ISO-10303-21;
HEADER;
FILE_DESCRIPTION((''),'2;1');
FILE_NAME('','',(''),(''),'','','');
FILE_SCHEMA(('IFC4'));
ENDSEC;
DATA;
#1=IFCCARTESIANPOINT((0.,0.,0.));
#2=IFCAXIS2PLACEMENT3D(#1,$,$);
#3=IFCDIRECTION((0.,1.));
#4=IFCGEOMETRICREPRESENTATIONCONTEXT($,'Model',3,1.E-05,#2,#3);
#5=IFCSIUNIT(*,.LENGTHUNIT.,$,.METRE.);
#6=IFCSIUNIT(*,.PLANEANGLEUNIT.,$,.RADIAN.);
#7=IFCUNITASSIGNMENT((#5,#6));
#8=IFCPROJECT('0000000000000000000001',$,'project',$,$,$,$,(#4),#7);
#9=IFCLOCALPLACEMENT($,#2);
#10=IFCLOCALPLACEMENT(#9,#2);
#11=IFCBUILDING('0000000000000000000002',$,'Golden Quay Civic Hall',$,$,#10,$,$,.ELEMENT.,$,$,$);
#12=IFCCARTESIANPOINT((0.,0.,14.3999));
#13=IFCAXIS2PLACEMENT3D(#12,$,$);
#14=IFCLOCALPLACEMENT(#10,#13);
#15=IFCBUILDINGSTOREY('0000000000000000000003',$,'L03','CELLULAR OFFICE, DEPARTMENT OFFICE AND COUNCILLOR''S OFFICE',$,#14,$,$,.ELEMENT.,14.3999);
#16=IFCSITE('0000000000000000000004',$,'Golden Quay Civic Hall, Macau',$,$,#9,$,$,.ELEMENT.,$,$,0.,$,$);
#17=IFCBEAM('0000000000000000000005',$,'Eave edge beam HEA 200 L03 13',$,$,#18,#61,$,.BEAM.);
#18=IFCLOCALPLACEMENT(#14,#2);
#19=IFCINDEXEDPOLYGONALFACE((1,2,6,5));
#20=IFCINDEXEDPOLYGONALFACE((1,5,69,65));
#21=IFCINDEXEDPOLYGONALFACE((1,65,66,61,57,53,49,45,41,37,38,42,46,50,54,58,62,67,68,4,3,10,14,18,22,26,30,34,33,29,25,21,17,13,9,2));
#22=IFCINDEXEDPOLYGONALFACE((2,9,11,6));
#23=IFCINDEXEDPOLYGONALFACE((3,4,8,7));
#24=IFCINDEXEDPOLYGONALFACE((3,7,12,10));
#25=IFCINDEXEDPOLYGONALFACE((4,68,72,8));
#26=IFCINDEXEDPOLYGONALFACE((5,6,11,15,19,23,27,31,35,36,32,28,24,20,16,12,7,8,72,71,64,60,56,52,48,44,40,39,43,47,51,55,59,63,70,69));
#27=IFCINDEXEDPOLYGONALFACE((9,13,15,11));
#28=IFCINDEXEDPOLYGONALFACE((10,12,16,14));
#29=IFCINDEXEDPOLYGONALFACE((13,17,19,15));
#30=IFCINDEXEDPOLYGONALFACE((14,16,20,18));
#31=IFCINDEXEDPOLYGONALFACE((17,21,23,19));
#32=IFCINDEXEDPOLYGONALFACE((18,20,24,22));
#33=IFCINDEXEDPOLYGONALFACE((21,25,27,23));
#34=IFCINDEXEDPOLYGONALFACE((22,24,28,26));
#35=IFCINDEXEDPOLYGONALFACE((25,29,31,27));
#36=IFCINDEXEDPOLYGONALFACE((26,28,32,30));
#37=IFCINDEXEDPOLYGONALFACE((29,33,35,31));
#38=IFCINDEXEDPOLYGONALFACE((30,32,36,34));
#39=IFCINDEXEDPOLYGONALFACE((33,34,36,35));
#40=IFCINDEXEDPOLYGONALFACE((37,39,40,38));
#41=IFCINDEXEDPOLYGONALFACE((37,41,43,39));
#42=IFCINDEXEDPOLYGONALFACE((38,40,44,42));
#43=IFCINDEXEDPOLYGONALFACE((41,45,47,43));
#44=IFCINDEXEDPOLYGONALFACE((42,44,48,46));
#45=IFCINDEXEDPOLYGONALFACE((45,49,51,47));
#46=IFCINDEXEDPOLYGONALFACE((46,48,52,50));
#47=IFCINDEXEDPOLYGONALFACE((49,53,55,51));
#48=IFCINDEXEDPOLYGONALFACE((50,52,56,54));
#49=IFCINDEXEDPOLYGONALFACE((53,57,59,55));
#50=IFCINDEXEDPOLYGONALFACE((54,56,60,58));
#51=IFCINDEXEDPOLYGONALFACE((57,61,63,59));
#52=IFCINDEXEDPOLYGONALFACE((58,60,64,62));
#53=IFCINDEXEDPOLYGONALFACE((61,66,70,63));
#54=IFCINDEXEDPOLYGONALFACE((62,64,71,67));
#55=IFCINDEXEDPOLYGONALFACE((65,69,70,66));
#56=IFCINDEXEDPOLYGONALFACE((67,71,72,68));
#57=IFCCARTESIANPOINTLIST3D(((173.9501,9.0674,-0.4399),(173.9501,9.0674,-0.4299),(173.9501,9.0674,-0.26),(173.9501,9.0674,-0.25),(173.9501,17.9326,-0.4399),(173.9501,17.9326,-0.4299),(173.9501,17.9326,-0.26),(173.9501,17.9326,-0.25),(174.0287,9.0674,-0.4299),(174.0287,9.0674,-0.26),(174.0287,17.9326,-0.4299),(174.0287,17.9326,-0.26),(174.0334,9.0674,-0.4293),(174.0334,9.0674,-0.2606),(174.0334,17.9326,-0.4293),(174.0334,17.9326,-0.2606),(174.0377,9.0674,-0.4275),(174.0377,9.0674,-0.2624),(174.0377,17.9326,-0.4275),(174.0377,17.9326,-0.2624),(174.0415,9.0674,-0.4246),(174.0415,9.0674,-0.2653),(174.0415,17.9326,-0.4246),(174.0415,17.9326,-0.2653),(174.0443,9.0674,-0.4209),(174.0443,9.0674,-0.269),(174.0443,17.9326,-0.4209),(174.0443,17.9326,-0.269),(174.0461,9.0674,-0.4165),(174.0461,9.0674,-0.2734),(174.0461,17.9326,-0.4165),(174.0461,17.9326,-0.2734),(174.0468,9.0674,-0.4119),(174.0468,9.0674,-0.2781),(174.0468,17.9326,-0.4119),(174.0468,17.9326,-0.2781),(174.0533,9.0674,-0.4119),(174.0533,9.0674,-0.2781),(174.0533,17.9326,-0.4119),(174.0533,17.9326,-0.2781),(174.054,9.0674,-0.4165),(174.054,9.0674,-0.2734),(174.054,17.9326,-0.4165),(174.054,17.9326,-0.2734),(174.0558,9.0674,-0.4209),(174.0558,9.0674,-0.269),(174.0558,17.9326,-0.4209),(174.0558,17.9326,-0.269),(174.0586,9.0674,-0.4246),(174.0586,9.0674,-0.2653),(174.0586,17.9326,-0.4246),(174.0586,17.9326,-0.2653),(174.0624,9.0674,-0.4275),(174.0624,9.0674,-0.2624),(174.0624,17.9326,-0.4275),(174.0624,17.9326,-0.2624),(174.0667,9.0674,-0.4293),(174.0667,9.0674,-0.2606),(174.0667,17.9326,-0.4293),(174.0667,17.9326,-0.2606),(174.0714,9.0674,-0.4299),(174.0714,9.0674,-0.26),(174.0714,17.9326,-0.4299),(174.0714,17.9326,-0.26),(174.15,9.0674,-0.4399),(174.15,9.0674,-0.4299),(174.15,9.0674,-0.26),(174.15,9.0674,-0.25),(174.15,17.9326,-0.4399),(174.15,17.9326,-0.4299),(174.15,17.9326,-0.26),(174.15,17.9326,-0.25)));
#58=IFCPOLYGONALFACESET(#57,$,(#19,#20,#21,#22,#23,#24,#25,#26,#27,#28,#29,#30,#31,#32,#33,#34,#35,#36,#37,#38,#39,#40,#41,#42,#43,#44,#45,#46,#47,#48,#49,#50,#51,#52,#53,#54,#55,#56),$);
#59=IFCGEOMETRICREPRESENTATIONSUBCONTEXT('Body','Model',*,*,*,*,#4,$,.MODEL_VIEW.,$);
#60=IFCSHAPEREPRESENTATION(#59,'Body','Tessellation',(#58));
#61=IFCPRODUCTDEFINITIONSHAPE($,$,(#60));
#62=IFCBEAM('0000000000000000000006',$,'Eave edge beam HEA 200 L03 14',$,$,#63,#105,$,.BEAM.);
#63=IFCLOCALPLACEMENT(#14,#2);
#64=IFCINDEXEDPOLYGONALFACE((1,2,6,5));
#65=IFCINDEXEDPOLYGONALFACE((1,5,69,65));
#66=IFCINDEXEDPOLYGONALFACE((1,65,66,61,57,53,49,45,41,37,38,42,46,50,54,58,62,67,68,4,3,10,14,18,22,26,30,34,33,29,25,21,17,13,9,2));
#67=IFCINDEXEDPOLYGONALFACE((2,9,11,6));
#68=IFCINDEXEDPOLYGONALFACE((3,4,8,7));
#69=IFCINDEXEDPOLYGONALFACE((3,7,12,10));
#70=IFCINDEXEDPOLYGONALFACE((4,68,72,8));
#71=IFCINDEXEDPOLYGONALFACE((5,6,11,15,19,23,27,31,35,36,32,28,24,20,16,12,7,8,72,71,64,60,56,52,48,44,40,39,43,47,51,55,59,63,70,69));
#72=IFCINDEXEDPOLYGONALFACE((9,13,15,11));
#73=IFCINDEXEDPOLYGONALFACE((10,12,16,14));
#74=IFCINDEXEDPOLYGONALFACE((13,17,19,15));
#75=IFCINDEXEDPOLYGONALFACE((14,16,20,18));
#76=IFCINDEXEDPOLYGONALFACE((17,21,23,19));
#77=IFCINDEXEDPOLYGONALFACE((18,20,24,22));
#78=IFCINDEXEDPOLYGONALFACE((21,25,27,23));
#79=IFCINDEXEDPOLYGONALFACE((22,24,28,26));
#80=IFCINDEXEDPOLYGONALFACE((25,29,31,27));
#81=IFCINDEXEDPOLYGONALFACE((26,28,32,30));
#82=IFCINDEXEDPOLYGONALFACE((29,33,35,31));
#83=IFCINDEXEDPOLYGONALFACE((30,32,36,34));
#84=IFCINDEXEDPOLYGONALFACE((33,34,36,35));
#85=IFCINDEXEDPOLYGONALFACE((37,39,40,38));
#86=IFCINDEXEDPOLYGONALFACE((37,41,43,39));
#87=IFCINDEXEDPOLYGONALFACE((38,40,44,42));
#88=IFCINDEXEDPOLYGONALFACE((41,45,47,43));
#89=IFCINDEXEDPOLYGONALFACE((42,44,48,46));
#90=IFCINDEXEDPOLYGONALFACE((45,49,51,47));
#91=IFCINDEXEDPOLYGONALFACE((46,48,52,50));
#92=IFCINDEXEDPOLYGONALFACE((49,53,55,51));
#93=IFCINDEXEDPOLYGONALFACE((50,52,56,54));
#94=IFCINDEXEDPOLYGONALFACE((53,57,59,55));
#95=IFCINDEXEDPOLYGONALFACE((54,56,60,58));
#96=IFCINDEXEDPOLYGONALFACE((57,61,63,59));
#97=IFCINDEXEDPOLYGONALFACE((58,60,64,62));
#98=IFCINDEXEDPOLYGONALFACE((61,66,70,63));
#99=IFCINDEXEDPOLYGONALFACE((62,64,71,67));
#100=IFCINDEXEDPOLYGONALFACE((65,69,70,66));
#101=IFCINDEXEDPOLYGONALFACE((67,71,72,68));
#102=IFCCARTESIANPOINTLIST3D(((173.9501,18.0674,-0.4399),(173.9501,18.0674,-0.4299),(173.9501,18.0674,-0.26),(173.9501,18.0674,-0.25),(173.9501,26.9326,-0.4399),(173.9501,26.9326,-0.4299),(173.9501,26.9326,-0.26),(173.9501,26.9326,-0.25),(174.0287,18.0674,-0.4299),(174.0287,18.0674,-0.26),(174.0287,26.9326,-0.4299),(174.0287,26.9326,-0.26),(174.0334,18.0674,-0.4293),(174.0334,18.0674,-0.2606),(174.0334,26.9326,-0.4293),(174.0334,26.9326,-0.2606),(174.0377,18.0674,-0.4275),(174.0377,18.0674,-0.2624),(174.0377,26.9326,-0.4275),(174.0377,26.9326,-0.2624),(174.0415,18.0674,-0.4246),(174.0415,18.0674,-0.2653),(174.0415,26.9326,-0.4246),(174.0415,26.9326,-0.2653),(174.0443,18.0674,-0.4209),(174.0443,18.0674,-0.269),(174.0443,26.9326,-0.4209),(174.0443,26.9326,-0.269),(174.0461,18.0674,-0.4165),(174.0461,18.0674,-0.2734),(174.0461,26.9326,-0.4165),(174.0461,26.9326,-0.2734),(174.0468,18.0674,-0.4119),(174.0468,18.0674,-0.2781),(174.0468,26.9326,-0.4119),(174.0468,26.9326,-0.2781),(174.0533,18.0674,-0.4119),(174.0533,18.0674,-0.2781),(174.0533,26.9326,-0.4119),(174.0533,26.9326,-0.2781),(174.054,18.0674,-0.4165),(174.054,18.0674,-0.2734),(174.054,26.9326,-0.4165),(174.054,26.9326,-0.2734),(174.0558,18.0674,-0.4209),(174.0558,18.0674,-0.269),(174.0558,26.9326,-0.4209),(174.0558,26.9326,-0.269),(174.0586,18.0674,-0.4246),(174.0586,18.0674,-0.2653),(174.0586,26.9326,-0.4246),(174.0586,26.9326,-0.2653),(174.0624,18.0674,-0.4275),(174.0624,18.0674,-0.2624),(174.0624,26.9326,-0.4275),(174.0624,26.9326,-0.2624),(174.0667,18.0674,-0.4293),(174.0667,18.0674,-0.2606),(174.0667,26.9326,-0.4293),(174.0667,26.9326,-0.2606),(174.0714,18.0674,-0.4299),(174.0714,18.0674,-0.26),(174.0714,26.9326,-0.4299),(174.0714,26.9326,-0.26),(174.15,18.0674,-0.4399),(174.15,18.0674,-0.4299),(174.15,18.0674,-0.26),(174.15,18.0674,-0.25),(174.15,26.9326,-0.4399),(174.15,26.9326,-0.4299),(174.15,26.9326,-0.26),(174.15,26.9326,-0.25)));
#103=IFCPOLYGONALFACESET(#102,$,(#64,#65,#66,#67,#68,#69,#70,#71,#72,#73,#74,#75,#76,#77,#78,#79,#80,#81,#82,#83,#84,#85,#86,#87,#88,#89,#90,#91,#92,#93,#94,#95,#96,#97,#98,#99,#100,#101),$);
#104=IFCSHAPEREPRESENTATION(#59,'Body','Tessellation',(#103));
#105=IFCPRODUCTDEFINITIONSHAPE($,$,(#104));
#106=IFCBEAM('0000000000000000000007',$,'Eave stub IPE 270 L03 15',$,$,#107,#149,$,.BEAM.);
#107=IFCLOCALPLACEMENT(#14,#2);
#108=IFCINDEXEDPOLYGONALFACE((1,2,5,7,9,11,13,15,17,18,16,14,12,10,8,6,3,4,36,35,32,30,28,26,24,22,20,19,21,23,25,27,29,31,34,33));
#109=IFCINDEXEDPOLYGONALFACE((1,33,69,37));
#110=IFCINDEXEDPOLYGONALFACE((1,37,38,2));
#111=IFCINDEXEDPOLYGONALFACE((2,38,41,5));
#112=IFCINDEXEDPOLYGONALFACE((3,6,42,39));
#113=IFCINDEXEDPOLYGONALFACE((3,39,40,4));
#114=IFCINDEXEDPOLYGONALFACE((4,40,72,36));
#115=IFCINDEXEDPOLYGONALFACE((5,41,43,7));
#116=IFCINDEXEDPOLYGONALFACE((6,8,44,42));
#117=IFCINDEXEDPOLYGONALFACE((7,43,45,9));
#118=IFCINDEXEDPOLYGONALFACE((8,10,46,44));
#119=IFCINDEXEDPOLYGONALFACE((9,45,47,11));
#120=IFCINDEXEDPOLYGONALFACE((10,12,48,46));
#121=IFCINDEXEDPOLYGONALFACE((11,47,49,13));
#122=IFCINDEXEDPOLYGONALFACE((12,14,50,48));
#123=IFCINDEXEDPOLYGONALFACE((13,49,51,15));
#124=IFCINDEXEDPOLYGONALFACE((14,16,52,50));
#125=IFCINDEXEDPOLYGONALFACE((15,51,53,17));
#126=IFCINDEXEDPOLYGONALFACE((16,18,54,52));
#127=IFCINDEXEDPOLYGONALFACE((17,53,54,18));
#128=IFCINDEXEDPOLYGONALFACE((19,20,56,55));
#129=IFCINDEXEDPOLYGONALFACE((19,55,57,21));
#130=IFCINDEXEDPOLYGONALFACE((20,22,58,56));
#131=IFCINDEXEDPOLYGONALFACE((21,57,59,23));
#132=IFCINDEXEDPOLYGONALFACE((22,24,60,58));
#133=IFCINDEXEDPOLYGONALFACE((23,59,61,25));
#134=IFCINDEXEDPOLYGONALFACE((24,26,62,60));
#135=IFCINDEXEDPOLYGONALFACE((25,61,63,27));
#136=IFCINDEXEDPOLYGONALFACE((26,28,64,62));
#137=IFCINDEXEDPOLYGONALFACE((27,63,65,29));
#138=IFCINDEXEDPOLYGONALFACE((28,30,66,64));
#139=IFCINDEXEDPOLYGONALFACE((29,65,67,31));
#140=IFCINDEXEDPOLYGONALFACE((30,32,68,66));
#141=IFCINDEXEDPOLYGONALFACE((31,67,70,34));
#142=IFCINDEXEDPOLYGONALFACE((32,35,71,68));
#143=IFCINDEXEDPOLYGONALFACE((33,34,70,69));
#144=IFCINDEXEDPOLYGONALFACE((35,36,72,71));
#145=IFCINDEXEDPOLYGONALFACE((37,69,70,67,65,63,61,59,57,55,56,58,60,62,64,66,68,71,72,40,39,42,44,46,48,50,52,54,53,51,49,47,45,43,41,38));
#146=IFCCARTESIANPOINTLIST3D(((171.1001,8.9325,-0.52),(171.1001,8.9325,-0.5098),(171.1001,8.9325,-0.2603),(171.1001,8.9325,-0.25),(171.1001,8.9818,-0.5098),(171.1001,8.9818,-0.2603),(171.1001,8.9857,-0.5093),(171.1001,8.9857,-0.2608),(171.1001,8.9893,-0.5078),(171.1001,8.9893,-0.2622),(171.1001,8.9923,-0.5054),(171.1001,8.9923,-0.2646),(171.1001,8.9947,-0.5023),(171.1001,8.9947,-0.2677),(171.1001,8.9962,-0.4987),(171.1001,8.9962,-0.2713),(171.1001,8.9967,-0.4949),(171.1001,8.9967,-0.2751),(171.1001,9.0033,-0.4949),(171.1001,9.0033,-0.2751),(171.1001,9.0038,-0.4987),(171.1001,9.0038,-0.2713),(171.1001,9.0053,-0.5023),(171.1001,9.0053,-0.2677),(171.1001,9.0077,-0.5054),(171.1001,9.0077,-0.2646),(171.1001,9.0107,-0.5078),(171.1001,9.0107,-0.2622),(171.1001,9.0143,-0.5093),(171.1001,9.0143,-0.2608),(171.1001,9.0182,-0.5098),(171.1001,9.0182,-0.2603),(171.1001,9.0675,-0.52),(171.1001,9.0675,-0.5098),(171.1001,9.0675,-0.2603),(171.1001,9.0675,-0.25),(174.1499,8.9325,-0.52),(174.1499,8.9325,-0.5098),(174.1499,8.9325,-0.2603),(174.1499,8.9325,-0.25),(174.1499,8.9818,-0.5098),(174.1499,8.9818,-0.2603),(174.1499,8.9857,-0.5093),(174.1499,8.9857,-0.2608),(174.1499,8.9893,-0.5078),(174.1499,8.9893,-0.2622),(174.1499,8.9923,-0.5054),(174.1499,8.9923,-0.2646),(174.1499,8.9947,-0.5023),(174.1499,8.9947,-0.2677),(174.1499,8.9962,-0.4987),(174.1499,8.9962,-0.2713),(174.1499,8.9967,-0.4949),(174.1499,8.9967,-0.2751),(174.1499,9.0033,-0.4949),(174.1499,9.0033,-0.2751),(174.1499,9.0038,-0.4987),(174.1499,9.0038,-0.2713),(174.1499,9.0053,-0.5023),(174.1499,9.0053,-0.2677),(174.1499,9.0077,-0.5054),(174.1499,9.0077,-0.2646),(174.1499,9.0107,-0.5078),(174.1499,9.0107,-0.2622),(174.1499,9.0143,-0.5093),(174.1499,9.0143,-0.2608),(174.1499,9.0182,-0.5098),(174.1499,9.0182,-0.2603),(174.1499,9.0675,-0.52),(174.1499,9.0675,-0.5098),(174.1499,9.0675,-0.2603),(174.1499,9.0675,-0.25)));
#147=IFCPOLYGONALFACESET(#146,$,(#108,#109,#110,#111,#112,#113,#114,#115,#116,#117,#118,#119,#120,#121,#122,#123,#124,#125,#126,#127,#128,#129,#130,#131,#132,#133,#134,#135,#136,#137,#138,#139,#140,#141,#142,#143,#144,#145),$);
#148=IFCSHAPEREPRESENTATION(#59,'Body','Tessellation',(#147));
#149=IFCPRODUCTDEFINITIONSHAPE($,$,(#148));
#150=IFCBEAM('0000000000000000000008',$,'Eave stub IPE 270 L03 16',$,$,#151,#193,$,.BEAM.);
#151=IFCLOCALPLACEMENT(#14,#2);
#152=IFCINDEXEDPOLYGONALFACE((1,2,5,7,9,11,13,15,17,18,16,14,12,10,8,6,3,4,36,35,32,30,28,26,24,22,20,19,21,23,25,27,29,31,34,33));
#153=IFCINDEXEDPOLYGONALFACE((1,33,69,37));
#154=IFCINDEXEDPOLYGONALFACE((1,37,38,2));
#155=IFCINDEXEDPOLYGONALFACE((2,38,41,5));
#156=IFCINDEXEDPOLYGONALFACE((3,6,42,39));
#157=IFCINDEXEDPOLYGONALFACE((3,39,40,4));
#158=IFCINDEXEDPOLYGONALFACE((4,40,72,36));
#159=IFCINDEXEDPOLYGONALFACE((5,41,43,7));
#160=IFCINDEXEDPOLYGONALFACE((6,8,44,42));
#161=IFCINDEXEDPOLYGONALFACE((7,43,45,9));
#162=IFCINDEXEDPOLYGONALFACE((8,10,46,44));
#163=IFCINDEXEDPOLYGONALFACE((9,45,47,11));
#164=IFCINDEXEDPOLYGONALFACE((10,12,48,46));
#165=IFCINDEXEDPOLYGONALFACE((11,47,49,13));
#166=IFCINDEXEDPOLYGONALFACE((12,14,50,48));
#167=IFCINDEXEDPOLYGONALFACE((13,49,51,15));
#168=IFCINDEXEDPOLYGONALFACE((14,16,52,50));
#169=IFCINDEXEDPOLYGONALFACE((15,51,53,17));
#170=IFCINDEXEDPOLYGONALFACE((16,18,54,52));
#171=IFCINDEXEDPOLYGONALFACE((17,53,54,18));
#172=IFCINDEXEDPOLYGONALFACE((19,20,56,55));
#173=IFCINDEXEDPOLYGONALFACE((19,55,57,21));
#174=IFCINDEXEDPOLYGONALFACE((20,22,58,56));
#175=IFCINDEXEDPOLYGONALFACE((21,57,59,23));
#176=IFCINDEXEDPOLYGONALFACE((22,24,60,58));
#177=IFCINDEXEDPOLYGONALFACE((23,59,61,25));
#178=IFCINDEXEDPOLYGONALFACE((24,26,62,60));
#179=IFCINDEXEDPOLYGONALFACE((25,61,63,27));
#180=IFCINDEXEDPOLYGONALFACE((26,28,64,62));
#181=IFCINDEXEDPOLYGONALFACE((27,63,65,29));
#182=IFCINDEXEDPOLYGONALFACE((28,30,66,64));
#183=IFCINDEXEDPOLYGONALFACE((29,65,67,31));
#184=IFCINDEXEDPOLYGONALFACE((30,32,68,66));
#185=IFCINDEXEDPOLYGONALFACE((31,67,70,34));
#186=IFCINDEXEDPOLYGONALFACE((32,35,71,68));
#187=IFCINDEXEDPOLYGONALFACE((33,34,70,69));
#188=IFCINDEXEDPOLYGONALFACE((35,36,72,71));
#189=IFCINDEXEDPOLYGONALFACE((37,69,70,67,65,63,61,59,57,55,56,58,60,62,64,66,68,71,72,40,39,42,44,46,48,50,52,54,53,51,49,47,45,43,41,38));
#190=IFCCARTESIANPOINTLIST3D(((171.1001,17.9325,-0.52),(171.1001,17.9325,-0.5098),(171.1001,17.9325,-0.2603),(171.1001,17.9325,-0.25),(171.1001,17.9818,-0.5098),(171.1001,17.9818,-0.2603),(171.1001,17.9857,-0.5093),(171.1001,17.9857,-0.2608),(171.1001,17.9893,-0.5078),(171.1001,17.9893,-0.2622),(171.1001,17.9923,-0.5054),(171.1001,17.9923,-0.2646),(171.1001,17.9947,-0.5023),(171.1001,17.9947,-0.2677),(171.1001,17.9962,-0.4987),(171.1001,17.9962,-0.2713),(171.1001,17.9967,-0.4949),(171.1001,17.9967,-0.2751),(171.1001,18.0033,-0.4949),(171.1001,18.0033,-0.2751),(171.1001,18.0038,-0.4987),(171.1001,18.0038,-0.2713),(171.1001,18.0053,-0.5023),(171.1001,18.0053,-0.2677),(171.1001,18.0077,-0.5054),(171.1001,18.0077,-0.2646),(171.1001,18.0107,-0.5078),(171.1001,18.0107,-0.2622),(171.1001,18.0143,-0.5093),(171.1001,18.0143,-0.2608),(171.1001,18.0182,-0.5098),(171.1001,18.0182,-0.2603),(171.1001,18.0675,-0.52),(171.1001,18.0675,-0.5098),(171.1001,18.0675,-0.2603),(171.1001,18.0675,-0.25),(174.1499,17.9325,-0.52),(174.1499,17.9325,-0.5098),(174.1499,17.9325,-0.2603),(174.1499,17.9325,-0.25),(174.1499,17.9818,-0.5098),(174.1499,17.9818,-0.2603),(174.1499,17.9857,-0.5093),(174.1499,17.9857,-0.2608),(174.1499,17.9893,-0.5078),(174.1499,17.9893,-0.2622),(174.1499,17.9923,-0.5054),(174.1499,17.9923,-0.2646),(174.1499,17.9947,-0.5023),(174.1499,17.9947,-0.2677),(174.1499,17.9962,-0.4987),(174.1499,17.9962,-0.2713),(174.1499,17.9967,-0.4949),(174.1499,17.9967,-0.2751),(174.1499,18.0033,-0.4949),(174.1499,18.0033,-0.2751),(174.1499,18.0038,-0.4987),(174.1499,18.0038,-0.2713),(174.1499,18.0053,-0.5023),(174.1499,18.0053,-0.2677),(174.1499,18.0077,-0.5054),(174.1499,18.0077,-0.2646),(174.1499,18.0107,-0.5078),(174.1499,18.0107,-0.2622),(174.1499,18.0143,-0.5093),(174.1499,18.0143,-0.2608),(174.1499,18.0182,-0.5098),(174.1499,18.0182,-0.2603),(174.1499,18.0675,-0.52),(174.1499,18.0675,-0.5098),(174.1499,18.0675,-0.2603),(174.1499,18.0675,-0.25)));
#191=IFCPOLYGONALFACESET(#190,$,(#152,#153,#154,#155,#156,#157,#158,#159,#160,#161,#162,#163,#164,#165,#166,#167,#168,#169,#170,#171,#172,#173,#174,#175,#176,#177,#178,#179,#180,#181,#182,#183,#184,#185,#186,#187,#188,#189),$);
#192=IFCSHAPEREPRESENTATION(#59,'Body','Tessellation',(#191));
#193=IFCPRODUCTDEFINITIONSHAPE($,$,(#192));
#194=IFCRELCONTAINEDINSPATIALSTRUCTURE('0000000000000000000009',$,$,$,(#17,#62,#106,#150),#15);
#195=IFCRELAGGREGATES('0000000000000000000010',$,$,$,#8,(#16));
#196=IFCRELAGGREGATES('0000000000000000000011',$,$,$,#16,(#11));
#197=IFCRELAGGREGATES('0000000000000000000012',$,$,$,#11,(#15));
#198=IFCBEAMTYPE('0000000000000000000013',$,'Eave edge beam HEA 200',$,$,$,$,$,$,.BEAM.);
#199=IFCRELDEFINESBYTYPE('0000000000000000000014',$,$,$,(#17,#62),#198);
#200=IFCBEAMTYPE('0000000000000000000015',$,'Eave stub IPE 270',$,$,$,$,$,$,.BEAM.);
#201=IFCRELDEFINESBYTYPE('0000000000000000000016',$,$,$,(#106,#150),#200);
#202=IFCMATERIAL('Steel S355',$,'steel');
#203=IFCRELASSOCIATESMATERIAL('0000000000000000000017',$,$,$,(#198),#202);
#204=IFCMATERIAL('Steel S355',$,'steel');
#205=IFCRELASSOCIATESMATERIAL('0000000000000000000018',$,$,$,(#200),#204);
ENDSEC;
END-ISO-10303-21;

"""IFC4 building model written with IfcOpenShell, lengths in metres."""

from ifc_helpers import new_model, si_unit, direction, frame, origin, origin_2d, place, context, subcontext, project, spatial, i_section, extrude, material, material_profile, profile_set, type_object, element, save


model = new_model("IFC4")

# Units and contexts
model_context = context("Model", 3, precision=1e-05, world=origin(), true_north=direction((0.0, 1.0)))
body_context = subcontext(model_context, "Body", "Model", "MODEL_VIEW")
ifc_project = project(units=[si_unit("LENGTHUNIT", "METRE"), si_unit("PLANEANGLEUNIT", "RADIAN")], contexts=[model_context])

# Site, building, storey
site_placement = place(None, origin())
site = spatial("IfcSite", under=ifc_project, at=site_placement, Name="Golden Quay Civic Hall, Macau", CompositionType="ELEMENT", RefElevation=0.0)
building_placement = place(site_placement, origin())
building = spatial("IfcBuilding", under=site, at=building_placement, Name="Golden Quay Civic Hall", CompositionType="ELEMENT")
storey_placement = place(building_placement, frame((0.0, 0.0, 14.3999)))
storey = spatial("IfcBuildingStorey", under=building, at=storey_placement, Name="L03", Description="CELLULAR OFFICE, DEPARTMENT OFFICE AND COUNCILLOR'S OFFICE", CompositionType="ELEMENT", Elevation=14.3999)

# Beams
ifc_material_1 = material(Name="Steel S355", Category="steel")
ifc_material_profile_1 = material_profile(ifc_material_1, i_section(OverallWidth=0.2, OverallDepth=0.1899, WebThickness=0.0066, FlangeThickness=0.01, FilletRadius=0.0181, at=origin_2d()), Name="HEA 200")
ifc_profile_set_1 = profile_set([ifc_material_profile_1], Name="Steel S355")
beam_type_1 = type_object("IfcBeamType", Name="Eave edge beam HEA 200", PredefinedType="BEAM", material=ifc_profile_set_1)
for number, where, z_axis, x_axis, name in (
    (1, (174.05, 9.0674, -0.345), (0.0, 1.0, 0.0), (-1.0, 0.0, 0.0), "Eave edge beam HEA 200 L03 13"),
    (2, (174.05, 18.0674, -0.345), (0.0, 1.0, 0.0), (-1.0, 0.0, 0.0), "Eave edge beam HEA 200 L03 14"),
):
    element("IfcBeam", number, at=place(storey_placement, frame(where, z_axis=z_axis, x_axis=x_axis)), inside=storey, type_object=beam_type_1, Name=name, PredefinedType="BEAM", context=body_context, shape_type="SweptSolid", body=[
        extrude(i_section(OverallWidth=0.2, OverallDepth=0.1899, WebThickness=0.0066, FlangeThickness=0.01, FilletRadius=0.0181, at=origin_2d()), origin(), (0.0, 0.0, 1.0), 8.8652),
    ])
ifc_material_2 = material(Name="Steel S355", Category="steel")
ifc_material_profile_2 = material_profile(ifc_material_2, i_section(OverallWidth=0.135, OverallDepth=0.27, WebThickness=0.0066, FlangeThickness=0.0103, FilletRadius=0.0149, at=origin_2d()), Name="IPE 270")
ifc_profile_set_2 = profile_set([ifc_material_profile_2], Name="Steel S355")
beam_type_2 = type_object("IfcBeamType", Name="Eave stub IPE 270", PredefinedType="BEAM", material=ifc_profile_set_2)
for number, where, z_axis, x_axis, name in (
    (3, (171.1001, 9.0, -0.385), (1.0, 0.0, 0.0), (0.0, 1.0, 0.0), "Eave stub IPE 270 L03 15"),
    (4, (171.1001, 18.0, -0.385), (1.0, 0.0, 0.0), (0.0, 1.0, 0.0), "Eave stub IPE 270 L03 16"),
):
    element("IfcBeam", number, at=place(storey_placement, frame(where, z_axis=z_axis, x_axis=x_axis)), inside=storey, type_object=beam_type_2, Name=name, PredefinedType="BEAM", context=body_context, shape_type="SweptSolid", body=[
        extrude(i_section(OverallWidth=0.135, OverallDepth=0.27, WebThickness=0.0066, FlangeThickness=0.0103, FilletRadius=0.0149, at=origin_2d()), origin(), (0.0, 0.0, 1.0), 3.0498),
    ])

save(model, "model.ifc")
